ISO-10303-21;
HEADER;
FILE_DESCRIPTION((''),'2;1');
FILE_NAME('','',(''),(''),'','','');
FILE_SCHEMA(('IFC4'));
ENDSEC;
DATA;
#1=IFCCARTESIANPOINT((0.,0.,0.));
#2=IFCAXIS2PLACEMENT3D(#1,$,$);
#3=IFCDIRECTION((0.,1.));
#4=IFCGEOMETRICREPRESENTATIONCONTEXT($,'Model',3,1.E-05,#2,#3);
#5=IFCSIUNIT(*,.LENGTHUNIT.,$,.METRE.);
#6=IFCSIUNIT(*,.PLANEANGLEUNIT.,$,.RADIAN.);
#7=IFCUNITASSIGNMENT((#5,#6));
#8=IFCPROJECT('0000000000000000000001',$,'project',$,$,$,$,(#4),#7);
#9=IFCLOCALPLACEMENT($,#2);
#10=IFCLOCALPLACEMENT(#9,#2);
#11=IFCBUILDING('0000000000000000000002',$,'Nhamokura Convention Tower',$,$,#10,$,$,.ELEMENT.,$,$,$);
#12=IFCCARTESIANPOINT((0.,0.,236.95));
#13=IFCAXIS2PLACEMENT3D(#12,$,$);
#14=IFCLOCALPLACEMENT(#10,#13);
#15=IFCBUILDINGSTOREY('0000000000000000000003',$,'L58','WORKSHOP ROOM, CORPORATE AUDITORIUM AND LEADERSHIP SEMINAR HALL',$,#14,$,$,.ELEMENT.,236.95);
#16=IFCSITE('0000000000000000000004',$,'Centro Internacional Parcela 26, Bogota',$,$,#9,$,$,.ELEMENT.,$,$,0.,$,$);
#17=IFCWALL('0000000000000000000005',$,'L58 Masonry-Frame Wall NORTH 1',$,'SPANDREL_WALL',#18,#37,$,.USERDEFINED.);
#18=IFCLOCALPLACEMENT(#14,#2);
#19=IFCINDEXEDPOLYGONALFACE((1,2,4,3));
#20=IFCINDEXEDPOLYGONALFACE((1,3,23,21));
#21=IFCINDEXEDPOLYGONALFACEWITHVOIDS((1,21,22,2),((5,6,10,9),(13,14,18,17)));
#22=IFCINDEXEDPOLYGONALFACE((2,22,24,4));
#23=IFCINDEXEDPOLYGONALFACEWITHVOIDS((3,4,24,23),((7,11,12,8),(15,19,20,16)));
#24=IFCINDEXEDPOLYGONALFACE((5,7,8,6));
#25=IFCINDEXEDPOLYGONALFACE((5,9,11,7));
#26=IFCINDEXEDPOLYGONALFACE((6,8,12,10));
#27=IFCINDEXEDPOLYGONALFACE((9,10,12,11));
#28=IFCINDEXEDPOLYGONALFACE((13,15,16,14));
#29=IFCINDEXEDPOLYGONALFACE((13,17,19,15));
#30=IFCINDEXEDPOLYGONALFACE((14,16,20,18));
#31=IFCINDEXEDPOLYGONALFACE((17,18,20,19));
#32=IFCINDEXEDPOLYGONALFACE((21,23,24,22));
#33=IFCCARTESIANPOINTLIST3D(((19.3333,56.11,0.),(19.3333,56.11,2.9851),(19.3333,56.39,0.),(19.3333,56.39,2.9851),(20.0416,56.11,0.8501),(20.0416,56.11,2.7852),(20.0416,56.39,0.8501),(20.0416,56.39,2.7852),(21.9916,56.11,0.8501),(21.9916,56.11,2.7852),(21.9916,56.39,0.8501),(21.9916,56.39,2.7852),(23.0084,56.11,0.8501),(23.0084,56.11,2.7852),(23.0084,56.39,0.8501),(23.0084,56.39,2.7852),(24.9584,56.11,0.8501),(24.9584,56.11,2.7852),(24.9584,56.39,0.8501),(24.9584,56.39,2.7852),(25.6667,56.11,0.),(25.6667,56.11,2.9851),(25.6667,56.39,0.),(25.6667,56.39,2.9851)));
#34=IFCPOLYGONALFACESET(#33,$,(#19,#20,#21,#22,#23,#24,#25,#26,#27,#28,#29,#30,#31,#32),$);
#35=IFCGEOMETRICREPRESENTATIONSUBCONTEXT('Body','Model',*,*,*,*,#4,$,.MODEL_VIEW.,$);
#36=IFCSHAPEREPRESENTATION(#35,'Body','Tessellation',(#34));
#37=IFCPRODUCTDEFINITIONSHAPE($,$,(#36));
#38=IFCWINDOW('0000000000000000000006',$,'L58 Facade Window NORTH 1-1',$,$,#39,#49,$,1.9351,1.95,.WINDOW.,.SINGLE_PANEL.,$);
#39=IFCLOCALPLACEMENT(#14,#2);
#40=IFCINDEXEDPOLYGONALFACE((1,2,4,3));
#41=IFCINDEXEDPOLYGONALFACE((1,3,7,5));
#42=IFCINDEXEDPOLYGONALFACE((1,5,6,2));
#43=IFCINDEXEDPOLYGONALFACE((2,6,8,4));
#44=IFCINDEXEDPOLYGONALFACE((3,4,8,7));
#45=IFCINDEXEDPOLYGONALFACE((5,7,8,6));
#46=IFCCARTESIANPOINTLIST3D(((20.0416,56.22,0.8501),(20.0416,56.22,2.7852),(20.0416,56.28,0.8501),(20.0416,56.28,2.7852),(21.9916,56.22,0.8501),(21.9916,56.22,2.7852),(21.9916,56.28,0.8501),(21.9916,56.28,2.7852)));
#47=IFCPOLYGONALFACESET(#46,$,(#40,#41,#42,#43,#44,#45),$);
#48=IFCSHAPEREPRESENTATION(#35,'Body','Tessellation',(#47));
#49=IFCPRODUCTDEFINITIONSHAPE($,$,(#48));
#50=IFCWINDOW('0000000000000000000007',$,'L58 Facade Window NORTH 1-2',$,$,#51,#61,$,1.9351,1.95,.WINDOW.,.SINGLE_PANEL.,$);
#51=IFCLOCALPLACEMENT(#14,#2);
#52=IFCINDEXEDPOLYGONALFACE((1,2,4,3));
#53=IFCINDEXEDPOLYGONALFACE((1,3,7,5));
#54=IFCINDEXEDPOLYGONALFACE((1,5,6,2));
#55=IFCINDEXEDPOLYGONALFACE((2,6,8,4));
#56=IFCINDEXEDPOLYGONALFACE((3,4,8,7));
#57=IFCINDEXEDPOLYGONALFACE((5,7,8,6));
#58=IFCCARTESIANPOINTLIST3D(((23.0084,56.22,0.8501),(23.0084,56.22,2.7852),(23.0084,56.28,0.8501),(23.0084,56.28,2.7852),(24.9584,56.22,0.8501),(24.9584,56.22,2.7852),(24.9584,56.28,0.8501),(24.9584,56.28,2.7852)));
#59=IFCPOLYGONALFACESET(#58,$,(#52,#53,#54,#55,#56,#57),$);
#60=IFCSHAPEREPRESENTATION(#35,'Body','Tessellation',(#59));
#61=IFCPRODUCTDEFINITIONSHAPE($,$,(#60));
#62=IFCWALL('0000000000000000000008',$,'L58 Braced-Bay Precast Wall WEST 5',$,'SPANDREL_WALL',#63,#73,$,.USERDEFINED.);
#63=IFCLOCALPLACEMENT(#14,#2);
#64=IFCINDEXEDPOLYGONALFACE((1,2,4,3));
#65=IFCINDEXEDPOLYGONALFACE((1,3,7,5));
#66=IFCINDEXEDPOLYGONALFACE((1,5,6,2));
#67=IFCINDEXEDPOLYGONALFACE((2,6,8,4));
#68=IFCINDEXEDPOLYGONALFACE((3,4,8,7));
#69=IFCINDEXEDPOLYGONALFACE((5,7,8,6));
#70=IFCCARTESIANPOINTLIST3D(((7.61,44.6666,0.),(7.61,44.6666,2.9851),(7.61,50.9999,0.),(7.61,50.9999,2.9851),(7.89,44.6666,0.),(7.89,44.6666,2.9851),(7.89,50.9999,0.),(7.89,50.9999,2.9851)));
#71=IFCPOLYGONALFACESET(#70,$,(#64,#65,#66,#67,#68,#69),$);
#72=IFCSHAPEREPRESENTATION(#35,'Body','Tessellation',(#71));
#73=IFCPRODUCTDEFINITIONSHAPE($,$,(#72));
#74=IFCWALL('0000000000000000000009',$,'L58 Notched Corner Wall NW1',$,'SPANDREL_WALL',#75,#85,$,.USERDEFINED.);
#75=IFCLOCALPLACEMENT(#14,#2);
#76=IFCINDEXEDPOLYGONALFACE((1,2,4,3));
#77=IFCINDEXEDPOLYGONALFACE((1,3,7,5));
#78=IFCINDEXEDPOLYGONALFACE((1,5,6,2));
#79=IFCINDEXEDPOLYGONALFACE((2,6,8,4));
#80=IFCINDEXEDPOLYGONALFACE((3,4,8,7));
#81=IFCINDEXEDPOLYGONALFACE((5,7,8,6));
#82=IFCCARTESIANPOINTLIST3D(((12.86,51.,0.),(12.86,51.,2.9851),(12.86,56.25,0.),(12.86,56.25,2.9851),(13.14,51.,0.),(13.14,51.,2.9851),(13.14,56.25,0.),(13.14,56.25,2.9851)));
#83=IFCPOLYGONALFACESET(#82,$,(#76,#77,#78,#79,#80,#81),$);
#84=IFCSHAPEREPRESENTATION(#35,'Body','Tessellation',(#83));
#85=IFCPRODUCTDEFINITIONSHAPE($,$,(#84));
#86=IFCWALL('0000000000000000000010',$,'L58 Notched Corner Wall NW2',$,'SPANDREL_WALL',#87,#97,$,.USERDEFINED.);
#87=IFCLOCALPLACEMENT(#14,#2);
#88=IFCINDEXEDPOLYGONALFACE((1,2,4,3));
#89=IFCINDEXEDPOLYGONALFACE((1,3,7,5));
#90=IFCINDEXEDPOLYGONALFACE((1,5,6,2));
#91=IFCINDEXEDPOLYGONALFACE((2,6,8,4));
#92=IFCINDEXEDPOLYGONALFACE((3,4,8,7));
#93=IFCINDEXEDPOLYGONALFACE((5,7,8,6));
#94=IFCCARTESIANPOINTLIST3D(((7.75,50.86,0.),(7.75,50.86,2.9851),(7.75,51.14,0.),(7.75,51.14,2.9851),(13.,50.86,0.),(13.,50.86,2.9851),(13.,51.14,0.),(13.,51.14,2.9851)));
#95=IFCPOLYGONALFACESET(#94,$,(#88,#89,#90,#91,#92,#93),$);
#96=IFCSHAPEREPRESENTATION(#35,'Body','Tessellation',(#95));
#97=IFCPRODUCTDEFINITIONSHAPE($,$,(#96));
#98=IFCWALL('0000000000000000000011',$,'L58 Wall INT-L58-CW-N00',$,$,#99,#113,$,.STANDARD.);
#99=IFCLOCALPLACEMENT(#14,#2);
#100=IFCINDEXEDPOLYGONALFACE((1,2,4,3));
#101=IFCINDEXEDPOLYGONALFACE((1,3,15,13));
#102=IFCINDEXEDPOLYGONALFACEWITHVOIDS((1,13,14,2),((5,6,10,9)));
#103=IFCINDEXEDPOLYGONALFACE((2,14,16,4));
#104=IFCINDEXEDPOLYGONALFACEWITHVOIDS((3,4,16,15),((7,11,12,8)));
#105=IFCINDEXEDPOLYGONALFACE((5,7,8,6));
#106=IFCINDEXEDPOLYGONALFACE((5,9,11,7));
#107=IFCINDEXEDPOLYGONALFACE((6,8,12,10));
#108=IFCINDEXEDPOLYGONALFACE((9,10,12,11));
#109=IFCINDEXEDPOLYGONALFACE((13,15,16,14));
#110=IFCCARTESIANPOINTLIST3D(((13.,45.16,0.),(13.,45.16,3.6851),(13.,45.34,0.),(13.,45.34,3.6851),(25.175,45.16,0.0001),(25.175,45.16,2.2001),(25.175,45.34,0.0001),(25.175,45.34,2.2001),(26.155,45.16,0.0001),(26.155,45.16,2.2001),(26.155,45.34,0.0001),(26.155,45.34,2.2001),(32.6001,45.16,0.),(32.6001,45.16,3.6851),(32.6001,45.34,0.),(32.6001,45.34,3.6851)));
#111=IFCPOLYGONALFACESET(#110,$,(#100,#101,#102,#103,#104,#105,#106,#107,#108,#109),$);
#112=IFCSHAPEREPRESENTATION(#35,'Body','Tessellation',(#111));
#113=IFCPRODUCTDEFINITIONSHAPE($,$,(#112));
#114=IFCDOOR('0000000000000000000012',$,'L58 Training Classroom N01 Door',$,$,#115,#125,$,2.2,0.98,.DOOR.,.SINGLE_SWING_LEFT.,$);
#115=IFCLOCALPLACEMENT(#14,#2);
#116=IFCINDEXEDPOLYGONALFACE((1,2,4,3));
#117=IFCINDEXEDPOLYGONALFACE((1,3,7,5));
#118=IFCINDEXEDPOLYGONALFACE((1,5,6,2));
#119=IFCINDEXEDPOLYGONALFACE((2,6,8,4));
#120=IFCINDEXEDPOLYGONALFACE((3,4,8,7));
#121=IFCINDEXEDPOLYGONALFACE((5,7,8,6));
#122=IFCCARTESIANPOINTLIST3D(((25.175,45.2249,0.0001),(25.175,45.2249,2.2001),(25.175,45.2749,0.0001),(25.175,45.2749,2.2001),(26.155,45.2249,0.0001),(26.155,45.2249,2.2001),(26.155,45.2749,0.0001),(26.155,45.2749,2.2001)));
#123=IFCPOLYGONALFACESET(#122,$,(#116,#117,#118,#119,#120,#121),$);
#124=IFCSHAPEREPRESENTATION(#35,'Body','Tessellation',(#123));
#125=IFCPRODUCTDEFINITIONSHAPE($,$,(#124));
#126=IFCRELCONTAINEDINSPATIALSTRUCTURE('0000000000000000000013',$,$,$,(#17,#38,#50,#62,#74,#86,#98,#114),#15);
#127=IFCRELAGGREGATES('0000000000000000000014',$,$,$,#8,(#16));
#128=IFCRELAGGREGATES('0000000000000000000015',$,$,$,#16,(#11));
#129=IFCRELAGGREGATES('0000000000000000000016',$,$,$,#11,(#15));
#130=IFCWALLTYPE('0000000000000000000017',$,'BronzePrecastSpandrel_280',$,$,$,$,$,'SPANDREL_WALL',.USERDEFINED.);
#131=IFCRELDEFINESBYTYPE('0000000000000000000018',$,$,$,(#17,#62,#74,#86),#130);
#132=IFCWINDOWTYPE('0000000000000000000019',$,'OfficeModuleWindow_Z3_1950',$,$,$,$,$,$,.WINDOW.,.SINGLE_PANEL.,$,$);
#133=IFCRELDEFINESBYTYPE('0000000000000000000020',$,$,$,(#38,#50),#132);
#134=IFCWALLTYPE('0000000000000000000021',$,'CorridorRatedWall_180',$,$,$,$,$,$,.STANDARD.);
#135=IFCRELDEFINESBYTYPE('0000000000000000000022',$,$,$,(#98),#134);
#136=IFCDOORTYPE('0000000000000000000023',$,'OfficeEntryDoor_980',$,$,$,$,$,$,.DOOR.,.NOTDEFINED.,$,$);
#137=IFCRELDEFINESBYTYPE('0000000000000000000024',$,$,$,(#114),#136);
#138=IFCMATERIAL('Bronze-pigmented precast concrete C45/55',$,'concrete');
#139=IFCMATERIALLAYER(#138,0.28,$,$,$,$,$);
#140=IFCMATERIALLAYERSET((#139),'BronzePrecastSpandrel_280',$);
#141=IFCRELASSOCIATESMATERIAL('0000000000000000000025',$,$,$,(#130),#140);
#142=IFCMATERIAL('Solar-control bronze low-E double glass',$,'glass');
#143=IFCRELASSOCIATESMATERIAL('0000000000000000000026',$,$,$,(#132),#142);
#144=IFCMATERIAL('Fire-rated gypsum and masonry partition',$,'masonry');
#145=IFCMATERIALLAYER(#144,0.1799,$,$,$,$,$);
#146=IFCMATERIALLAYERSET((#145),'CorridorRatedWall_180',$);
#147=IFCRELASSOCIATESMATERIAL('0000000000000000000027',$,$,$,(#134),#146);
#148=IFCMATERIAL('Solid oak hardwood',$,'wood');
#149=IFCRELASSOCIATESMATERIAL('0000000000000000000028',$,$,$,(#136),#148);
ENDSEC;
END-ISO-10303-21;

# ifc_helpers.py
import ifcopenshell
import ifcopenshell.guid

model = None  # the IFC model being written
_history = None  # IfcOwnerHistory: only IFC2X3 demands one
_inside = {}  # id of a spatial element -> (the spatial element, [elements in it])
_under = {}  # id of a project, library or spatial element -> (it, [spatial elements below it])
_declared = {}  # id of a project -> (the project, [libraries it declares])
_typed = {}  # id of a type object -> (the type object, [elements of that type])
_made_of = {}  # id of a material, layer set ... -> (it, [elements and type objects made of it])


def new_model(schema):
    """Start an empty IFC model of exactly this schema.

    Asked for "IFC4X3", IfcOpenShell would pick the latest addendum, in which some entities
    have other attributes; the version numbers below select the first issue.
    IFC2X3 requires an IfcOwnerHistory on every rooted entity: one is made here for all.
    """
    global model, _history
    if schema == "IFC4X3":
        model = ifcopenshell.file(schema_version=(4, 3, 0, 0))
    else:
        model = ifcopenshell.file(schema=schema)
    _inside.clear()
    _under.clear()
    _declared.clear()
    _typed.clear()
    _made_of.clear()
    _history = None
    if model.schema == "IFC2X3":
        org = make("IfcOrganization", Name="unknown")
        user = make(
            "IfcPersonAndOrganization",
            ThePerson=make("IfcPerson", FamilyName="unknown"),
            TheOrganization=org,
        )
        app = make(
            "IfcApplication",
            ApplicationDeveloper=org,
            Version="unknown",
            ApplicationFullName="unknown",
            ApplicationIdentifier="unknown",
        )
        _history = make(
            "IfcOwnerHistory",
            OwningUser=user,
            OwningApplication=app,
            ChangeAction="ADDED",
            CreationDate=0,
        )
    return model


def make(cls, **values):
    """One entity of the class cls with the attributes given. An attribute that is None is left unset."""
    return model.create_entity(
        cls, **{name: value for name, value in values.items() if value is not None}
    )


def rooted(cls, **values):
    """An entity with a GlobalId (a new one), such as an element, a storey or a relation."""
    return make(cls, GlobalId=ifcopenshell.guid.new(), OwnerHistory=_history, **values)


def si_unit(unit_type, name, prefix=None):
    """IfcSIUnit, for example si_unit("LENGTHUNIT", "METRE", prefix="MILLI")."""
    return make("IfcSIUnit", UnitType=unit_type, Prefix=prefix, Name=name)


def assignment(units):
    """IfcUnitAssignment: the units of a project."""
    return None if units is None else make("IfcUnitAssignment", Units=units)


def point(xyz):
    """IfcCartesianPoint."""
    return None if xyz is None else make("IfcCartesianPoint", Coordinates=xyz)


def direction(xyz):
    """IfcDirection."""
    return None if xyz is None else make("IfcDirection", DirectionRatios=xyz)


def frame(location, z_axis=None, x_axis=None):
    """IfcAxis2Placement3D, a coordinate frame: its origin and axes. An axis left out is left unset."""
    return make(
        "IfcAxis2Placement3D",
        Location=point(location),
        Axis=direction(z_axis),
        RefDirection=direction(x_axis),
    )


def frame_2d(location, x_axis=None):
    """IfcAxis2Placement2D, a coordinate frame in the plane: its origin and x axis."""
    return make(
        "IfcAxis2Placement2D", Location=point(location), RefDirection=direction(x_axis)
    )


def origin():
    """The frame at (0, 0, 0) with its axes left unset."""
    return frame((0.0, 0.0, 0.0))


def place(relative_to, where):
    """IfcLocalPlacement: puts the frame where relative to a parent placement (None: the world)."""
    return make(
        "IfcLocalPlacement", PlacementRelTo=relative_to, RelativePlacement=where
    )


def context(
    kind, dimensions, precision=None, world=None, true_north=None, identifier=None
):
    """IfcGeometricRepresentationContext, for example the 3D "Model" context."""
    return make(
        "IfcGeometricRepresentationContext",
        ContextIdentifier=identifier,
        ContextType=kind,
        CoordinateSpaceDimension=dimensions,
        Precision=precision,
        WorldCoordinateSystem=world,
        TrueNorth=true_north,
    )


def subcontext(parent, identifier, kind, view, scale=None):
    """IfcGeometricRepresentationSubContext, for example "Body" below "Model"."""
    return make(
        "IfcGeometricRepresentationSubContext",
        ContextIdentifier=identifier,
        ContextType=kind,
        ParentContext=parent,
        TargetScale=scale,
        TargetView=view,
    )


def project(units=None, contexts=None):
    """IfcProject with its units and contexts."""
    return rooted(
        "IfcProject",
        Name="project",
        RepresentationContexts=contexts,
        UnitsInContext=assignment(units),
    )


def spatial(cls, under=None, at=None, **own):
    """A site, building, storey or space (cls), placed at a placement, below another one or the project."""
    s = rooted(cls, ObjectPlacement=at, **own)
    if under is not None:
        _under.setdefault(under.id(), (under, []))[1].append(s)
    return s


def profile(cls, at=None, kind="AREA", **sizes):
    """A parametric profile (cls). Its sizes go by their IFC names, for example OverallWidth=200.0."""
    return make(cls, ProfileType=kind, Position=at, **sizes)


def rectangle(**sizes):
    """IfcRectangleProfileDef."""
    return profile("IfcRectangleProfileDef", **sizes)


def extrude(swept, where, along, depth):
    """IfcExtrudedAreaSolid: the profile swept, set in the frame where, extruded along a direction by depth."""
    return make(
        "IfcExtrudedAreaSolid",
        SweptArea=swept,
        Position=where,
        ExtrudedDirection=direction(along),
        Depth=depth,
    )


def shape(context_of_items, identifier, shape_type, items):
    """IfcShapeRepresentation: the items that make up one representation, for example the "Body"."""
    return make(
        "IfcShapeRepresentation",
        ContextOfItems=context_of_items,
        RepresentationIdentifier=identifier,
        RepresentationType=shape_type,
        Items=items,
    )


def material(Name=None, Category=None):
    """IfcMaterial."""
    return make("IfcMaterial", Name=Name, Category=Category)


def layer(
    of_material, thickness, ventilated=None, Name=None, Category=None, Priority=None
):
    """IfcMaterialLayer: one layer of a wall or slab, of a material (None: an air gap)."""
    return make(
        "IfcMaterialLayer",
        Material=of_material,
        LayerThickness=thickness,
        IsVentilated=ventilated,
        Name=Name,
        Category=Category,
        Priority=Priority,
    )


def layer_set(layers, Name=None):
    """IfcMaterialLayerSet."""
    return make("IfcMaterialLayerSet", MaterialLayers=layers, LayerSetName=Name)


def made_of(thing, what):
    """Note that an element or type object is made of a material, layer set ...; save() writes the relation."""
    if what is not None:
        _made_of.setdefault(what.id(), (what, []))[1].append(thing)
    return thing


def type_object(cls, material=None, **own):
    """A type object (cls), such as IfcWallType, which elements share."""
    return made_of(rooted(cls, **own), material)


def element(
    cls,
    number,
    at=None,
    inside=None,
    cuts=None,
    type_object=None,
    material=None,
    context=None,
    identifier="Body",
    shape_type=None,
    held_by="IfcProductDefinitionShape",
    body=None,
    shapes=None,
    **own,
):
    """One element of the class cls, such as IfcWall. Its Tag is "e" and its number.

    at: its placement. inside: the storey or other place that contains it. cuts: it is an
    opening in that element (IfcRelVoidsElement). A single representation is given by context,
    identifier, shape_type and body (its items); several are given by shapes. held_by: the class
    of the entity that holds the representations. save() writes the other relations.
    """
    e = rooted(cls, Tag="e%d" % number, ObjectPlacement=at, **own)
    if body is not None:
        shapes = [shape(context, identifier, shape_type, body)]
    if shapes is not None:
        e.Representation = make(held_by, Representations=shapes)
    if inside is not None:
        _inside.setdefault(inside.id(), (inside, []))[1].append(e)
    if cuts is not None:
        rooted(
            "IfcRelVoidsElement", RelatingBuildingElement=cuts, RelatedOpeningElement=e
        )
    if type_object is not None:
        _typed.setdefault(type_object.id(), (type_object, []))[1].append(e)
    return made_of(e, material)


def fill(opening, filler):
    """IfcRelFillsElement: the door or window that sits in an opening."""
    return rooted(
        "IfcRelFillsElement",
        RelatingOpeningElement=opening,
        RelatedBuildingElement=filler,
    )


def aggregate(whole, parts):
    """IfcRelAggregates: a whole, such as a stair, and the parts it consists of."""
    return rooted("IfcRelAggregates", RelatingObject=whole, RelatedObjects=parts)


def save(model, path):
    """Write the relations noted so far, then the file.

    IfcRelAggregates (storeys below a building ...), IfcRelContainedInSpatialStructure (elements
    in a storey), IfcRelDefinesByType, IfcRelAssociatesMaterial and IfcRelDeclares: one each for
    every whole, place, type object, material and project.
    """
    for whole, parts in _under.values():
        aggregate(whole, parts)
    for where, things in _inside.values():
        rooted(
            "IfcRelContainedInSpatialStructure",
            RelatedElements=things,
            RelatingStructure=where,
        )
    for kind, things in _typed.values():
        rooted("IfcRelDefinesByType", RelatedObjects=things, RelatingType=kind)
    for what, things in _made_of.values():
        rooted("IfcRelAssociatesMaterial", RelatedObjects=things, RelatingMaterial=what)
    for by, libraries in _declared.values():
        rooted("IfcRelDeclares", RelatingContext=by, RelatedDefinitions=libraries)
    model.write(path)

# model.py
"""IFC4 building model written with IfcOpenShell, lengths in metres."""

from ifc_helpers import new_model, si_unit, direction, frame, frame_2d, origin, place, context, subcontext, project, spatial, rectangle, extrude, material, layer, layer_set, type_object, element, fill, save


model = new_model("IFC4")

# Units and contexts
model_context = context("Model", 3, precision=1e-05, world=origin(), true_north=direction((0.0, 1.0)))
body_context = subcontext(model_context, "Body", "Model", "MODEL_VIEW")
ifc_project = project(units=[si_unit("LENGTHUNIT", "METRE"), si_unit("PLANEANGLEUNIT", "RADIAN")], contexts=[model_context])

# Site, building, storey
site_placement = place(None, origin())
site = spatial("IfcSite", under=ifc_project, at=site_placement, Name="Centro Internacional Parcela 26, Bogota", CompositionType="ELEMENT", RefElevation=0.0)
building_placement = place(site_placement, origin())
building = spatial("IfcBuilding", under=site, at=building_placement, Name="Nhamokura Convention Tower", CompositionType="ELEMENT")
storey_placement = place(building_placement, frame((0.0, 0.0, 236.95)))
storey = spatial("IfcBuildingStorey", under=building, at=storey_placement, Name="L58", Description="WORKSHOP ROOM, CORPORATE AUDITORIUM AND LEADERSHIP SEMINAR HALL", CompositionType="ELEMENT", Elevation=236.95)

# Shared definitions
ifc_material_1 = material(Name="Bronze-pigmented precast concrete C45/55", Category="concrete")
ifc_layer_1 = layer(ifc_material_1, 0.28)
ifc_layer_set_1 = layer_set([ifc_layer_1], Name="BronzePrecastSpandrel_280")
wall_type_1 = type_object("IfcWallType", Name="BronzePrecastSpandrel_280", ElementType="SPANDREL_WALL", PredefinedType="USERDEFINED", material=ifc_layer_set_1)

# Wall, openings, windows
wall_1_placement = place(storey_placement, frame((19.3333, 56.25, 0.0), z_axis=(0.0, 0.0, 1.0), x_axis=(1.0, 0.0, 0.0)))
wall_1 = element("IfcWall", 1, at=wall_1_placement, inside=storey, type_object=wall_type_1, Name="L58 Masonry-Frame Wall NORTH 1", ObjectType="SPANDREL_WALL", PredefinedType="USERDEFINED", context=body_context, shape_type="SweptSolid", body=[
    extrude(rectangle(XDim=6.3335, YDim=0.28, at=frame_2d((3.1667, 0.0))), origin(), (0.0, 0.0, 1.0), 2.9851),
])
opening_1_placement = place(wall_1_placement, frame((0.7083, 0.0, 0.8501)))
opening_1 = element("IfcOpeningElement", 2, at=opening_1_placement, cuts=wall_1, PredefinedType="OPENING", context=body_context, shape_type="SweptSolid", body=[
    extrude(rectangle(XDim=1.95, YDim=1.9351, at=frame_2d((0.9751, 0.9675))), frame((0.0, 0.1499, 0.0), z_axis=(0.0, -1.0, 0.0), x_axis=(1.0, 0.0, 0.0)), (0.0, 0.0, 1.0), 0.3),
])
opening_2_placement = place(wall_1_placement, frame((3.675, 0.0, 0.8501)))
opening_2 = element("IfcOpeningElement", 3, at=opening_2_placement, cuts=wall_1, PredefinedType="OPENING", context=body_context, shape_type="SweptSolid", body=[
    extrude(rectangle(XDim=1.95, YDim=1.9351, at=frame_2d((0.9751, 0.9675))), frame((0.0, 0.1499, 0.0), z_axis=(0.0, -1.0, 0.0), x_axis=(1.0, 0.0, 0.0)), (0.0, 0.0, 1.0), 0.3),
])
ifc_material_2 = material(Name="Solar-control bronze low-E double glass", Category="glass")
window_type = type_object("IfcWindowType", Name="OfficeModuleWindow_Z3_1950", PartitioningType="SINGLE_PANEL", PredefinedType="WINDOW", material=ifc_material_2)
window_1_placement = place(opening_1_placement, origin())
window_1 = element("IfcWindow", 4, at=window_1_placement, inside=storey, type_object=window_type, Name="L58 Facade Window NORTH 1-1", OverallHeight=1.9351, OverallWidth=1.95, PartitioningType="SINGLE_PANEL", PredefinedType="WINDOW", context=body_context, shape_type="SweptSolid", body=[
    extrude(rectangle(XDim=1.95, YDim=1.9351, at=frame_2d((0.9751, 0.9675))), frame((0.0, 0.03, 0.0), z_axis=(0.0, -1.0, 0.0), x_axis=(1.0, 0.0, 0.0)), (0.0, 0.0, 1.0), 0.0601),
])
fill(opening_1, window_1)
window_2_placement = place(opening_2_placement, origin())
window_2 = element("IfcWindow", 5, at=window_2_placement, inside=storey, type_object=window_type, Name="L58 Facade Window NORTH 1-2", OverallHeight=1.9351, OverallWidth=1.95, PartitioningType="SINGLE_PANEL", PredefinedType="WINDOW", context=body_context, shape_type="SweptSolid", body=[
    extrude(rectangle(XDim=1.95, YDim=1.9351, at=frame_2d((0.9751, 0.9675))), frame((0.0, 0.03, 0.0), z_axis=(0.0, -1.0, 0.0), x_axis=(1.0, 0.0, 0.0)), (0.0, 0.0, 1.0), 0.0601),
])
fill(opening_2, window_2)

# Walls
wall_2_placement = place(storey_placement, frame((7.75, 44.6667, 0.0), z_axis=(0.0, 0.0, 1.0), x_axis=(0.0, 1.0, 0.0)))
element("IfcWall", 6, at=wall_2_placement, inside=storey, type_object=wall_type_1, Name="L58 Braced-Bay Precast Wall WEST 5", ObjectType="SPANDREL_WALL", PredefinedType="USERDEFINED", context=body_context, shape_type="SweptSolid", body=[
    extrude(rectangle(XDim=6.3333, YDim=0.28, at=frame_2d((3.1665, 0.0))), origin(), (0.0, 0.0, 1.0), 2.9851),
])
for number, where, z_axis, x_axis, name in (
    (7, (13.0, 51.0, 0.0), (0.0, 0.0, 1.0), (0.0, 1.0, 0.0), "L58 Notched Corner Wall NW1"),
    (8, (7.75, 51.0, 0.0), (0.0, 0.0, 1.0), (1.0, 0.0, 0.0), "L58 Notched Corner Wall NW2"),
):
    element("IfcWall", number, at=place(storey_placement, frame(where, z_axis=z_axis, x_axis=x_axis)), inside=storey, type_object=wall_type_1, Name=name, ObjectType="SPANDREL_WALL", PredefinedType="USERDEFINED", context=body_context, shape_type="SweptSolid", body=[
        extrude(rectangle(XDim=5.25, YDim=0.28, at=frame_2d((2.625, 0.0))), origin(), (0.0, 0.0, 1.0), 2.9851),
    ])

# Wall, opening, door
ifc_material_3 = material(Name="Fire-rated gypsum and masonry partition", Category="masonry")
ifc_layer_2 = layer(ifc_material_3, 0.1799)
ifc_layer_set_2 = layer_set([ifc_layer_2], Name="CorridorRatedWall_180")
wall_type_2 = type_object("IfcWallType", Name="CorridorRatedWall_180", PredefinedType="STANDARD", material=ifc_layer_set_2)
wall_3_placement = place(storey_placement, frame((13.0, 45.25, 0.0), z_axis=(0.0, 0.0, 1.0), x_axis=(1.0, 0.0, 0.0)))
wall_3 = element("IfcWall", 9, at=wall_3_placement, inside=storey, type_object=wall_type_2, Name="L58 Wall INT-L58-CW-N00", PredefinedType="STANDARD", context=body_context, shape_type="SweptSolid", body=[
    extrude(rectangle(XDim=19.6001, YDim=0.1799, at=frame_2d((9.8, 0.0))), origin(), (0.0, 0.0, 1.0), 3.6851),
])
opening_3_placement = place(wall_3_placement, frame((12.175, 0.0, 0.0)))
opening_3 = element("IfcOpeningElement", 10, at=opening_3_placement, cuts=wall_3, PredefinedType="OPENING", context=body_context, shape_type="SweptSolid", body=[
    extrude(rectangle(XDim=0.98, YDim=2.2, at=frame_2d((0.49, 1.1001))), frame((0.0, 0.0999, 0.0), z_axis=(0.0, -1.0, 0.0), x_axis=(1.0, 0.0, 0.0)), (0.0, 0.0, 1.0), 0.2),
])
ifc_material_4 = material(Name="Solid oak hardwood", Category="wood")
door_type = type_object("IfcDoorType", Name="OfficeEntryDoor_980", OperationType="NOTDEFINED", PredefinedType="DOOR", material=ifc_material_4)
door_placement = place(opening_3_placement, origin())
door = element("IfcDoor", 11, at=door_placement, inside=storey, type_object=door_type, Name="L58 Training Classroom N01 Door", OperationType="SINGLE_SWING_LEFT", OverallHeight=2.2, OverallWidth=0.98, PredefinedType="DOOR", context=body_context, shape_type="SweptSolid", body=[
    extrude(rectangle(XDim=0.98, YDim=2.2, at=frame_2d((0.49, 1.1001))), frame((0.0, 0.0249, 0.0), z_axis=(0.0, -1.0, 0.0), x_axis=(1.0, 0.0, 0.0)), (0.0, 0.0, 1.0), 0.05),
])
fill(opening_3, door)

save(model, "model.ifc")
